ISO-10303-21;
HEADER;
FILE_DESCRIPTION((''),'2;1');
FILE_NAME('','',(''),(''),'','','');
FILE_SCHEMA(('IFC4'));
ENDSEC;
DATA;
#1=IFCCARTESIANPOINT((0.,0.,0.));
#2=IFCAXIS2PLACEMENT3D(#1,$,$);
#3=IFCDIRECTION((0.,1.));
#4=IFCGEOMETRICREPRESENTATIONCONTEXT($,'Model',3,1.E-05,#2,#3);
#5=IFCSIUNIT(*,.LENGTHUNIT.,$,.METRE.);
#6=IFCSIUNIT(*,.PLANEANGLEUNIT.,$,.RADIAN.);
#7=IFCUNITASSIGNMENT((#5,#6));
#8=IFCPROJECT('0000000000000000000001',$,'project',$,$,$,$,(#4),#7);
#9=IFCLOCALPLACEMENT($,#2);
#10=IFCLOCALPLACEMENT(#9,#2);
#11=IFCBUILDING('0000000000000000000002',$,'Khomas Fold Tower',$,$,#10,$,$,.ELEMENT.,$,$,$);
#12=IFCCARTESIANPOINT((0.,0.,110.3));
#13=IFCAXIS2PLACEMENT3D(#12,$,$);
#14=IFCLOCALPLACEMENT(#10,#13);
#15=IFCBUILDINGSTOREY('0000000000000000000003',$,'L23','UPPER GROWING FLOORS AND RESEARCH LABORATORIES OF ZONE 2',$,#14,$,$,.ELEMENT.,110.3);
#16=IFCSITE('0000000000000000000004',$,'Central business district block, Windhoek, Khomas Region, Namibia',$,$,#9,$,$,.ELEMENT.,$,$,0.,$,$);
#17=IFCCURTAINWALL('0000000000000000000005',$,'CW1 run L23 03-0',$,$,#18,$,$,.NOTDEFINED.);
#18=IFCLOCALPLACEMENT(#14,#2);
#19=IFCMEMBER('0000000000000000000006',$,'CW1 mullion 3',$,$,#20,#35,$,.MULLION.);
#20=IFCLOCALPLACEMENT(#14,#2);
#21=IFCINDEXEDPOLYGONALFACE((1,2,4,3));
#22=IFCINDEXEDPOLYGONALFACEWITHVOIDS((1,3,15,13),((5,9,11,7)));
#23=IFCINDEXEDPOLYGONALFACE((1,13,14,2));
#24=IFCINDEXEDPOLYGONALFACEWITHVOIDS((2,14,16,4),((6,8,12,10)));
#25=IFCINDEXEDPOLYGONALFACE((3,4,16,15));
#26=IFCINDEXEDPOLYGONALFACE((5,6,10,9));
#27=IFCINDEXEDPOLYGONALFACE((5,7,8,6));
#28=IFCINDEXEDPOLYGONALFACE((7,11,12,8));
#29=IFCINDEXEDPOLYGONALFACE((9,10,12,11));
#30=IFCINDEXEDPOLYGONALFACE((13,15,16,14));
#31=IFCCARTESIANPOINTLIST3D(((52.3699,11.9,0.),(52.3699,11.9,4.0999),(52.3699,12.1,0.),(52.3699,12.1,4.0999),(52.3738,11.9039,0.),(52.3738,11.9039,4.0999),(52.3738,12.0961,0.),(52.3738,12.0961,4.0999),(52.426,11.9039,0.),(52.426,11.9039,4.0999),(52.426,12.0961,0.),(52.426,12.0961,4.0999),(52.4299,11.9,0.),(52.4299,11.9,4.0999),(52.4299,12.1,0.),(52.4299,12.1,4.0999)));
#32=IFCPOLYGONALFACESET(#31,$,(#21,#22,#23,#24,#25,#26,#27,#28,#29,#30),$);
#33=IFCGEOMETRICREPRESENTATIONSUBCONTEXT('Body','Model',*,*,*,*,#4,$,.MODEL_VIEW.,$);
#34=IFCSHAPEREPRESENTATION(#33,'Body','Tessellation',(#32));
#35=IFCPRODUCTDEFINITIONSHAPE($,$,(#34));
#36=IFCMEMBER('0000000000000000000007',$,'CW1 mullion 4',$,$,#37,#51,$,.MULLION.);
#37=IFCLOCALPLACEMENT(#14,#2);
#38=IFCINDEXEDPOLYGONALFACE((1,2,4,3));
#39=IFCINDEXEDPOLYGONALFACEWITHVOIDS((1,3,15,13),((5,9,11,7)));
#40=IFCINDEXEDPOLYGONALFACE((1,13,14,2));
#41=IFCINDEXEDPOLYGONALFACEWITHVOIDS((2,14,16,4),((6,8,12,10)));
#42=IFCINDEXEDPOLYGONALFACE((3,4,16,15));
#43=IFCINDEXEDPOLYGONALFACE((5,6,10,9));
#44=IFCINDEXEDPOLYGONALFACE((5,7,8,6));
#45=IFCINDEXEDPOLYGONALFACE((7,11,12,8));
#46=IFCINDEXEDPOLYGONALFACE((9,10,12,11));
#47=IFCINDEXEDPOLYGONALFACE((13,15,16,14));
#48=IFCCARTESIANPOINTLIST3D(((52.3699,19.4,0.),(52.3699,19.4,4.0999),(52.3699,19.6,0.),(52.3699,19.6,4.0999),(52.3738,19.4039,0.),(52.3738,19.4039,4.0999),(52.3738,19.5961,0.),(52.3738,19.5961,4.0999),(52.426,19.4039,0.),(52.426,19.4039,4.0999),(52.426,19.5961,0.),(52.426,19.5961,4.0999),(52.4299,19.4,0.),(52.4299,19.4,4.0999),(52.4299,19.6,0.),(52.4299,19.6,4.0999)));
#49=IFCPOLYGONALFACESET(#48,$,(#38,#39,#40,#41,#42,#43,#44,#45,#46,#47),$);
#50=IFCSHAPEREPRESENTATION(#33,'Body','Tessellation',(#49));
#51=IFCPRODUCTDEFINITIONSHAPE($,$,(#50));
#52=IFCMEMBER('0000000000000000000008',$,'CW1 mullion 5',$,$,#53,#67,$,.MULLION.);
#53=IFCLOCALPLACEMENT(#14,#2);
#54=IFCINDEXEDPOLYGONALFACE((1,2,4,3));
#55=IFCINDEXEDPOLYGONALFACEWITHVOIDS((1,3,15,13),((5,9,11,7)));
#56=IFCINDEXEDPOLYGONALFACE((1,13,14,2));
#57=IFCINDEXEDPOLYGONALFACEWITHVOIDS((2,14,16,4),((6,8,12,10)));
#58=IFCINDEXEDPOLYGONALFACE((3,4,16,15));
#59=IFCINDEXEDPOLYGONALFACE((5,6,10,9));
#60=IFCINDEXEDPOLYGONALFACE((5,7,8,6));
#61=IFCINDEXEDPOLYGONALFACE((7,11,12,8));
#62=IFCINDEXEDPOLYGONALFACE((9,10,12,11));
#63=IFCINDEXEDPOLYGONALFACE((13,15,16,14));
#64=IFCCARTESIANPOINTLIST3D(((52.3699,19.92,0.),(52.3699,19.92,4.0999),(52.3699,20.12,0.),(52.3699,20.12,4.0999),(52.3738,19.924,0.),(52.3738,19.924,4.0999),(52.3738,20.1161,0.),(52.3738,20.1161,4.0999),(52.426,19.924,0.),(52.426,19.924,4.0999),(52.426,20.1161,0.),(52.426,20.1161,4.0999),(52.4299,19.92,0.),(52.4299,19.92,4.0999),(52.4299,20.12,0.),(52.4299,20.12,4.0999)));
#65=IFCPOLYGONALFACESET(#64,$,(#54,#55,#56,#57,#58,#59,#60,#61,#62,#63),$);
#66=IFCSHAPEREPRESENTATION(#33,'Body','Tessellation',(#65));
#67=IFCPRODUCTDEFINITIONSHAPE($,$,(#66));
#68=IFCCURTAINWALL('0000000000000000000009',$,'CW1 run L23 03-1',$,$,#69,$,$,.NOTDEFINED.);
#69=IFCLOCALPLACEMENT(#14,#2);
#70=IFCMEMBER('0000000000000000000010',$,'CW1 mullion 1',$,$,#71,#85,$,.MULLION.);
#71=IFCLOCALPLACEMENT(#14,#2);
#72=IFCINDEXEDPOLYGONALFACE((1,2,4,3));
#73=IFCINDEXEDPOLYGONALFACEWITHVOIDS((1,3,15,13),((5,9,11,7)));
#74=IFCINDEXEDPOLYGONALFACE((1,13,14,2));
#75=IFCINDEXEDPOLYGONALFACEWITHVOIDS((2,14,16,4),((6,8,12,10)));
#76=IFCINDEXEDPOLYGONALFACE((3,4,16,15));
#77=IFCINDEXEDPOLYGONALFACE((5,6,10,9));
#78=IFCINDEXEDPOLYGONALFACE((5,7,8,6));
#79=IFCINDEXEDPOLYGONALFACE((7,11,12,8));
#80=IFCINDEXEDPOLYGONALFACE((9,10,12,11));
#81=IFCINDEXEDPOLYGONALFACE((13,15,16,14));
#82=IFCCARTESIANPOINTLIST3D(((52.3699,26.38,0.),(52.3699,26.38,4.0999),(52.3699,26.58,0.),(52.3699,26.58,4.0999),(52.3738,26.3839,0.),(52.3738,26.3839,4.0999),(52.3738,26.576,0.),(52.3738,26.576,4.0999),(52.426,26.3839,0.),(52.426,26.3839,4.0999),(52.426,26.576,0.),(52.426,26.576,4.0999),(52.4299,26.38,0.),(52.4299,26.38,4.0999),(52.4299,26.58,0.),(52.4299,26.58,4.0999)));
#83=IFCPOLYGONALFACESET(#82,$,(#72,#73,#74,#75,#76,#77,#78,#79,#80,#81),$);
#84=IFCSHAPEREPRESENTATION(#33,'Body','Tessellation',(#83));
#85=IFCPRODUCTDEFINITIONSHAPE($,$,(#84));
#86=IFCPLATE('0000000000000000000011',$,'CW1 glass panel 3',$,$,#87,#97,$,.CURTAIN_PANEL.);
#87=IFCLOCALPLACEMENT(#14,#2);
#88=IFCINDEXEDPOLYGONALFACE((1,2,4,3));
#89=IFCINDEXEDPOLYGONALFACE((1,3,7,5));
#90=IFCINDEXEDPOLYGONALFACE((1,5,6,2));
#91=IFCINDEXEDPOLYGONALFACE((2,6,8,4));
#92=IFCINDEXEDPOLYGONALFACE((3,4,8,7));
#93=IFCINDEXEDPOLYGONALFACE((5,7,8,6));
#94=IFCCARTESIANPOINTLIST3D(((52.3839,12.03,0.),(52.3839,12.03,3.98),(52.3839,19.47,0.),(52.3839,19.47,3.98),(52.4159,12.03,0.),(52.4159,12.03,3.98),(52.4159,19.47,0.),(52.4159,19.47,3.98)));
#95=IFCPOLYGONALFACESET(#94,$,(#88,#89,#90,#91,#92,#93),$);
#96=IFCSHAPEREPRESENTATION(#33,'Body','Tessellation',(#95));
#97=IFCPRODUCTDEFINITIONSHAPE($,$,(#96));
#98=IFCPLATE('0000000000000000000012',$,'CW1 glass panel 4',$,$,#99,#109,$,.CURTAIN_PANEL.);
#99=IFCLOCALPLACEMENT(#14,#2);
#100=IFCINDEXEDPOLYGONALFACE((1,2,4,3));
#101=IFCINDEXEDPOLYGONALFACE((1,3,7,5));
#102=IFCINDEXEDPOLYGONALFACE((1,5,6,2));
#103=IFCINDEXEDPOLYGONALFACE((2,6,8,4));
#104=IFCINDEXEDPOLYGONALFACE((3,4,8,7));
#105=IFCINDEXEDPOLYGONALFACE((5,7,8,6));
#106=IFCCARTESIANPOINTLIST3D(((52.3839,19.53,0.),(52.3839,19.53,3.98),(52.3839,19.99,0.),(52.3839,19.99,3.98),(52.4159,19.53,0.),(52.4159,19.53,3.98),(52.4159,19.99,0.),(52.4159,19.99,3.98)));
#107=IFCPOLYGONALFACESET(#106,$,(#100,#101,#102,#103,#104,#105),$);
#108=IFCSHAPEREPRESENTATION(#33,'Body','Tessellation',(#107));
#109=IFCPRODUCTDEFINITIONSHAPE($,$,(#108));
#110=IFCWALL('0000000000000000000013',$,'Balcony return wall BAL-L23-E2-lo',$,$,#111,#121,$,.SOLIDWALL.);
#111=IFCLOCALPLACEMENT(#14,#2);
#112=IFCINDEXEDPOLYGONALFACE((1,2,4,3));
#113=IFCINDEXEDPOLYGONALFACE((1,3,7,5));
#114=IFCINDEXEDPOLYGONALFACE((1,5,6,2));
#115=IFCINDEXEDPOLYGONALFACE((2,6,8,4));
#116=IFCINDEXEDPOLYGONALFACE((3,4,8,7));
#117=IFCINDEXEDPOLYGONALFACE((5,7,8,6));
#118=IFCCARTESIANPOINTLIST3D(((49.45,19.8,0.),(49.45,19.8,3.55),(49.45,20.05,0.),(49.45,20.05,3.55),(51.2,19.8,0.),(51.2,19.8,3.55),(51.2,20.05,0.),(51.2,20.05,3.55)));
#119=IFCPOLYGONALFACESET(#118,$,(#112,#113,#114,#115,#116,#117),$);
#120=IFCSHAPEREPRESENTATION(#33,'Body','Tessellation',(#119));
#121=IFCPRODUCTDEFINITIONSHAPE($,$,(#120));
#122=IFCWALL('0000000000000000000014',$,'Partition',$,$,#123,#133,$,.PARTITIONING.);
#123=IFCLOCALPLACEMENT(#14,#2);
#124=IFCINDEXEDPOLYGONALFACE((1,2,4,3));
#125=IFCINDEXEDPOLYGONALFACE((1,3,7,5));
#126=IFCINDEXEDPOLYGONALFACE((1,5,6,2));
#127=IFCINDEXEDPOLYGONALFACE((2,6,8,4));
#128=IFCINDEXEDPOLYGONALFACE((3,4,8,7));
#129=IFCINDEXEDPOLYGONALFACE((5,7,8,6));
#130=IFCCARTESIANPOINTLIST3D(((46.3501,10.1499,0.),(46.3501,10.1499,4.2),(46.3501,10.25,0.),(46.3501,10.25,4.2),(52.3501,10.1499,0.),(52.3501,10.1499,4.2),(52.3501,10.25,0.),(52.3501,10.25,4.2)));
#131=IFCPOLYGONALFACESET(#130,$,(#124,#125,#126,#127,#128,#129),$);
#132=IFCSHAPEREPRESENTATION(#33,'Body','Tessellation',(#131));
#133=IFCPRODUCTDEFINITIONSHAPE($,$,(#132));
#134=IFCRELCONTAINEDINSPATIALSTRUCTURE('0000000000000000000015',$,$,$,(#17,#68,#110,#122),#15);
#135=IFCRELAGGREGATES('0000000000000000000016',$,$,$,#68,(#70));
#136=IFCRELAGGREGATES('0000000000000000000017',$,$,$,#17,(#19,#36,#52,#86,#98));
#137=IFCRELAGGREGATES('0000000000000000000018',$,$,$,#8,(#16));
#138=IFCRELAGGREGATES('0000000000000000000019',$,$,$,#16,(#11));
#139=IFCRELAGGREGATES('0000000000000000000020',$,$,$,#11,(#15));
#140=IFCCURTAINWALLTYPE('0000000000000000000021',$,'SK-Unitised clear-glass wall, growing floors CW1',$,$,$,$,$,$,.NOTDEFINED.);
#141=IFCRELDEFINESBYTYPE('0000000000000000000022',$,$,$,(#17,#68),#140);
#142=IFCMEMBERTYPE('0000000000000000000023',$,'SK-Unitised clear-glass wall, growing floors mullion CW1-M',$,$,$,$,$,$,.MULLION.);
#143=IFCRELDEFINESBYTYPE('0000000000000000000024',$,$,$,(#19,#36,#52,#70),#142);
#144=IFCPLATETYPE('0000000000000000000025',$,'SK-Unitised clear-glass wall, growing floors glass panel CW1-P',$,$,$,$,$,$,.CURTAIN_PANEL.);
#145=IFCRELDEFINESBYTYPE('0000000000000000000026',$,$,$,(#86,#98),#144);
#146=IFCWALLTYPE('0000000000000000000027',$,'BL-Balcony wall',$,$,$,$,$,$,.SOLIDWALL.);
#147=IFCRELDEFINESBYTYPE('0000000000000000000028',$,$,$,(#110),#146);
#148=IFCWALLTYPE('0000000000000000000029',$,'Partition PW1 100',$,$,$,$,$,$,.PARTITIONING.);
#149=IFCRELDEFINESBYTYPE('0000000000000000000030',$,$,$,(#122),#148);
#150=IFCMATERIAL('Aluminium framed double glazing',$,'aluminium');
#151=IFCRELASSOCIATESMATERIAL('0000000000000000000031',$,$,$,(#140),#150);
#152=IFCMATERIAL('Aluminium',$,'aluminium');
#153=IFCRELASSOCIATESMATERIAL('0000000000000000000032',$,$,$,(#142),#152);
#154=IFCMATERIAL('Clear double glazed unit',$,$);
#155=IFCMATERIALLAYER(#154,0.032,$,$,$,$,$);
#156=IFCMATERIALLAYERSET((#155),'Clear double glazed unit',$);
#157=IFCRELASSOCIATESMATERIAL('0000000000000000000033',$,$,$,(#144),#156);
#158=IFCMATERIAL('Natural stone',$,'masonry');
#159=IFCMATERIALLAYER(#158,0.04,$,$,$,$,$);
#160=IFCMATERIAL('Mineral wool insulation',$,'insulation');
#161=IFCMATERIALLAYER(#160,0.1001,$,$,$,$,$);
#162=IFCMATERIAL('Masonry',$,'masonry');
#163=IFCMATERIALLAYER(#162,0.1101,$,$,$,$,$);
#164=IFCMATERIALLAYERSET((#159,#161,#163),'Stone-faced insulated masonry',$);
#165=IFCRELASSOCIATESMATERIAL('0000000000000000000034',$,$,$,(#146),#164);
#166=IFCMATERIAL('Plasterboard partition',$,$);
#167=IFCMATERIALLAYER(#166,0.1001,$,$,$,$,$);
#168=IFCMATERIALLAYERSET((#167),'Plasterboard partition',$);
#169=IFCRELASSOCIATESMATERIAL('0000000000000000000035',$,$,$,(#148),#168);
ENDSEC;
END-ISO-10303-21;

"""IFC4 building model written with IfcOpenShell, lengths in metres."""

from ifc_helpers import new_model, si_unit, direction, frame, frame_2d, origin, origin_2d, place, context, subcontext, project, spatial, rectangle, hollow_rectangle, extrude, source, transform, mapped, material, layer, layer_set, material_profile, profile_set, type_object, element, aggregate, save


model = new_model("IFC4")

# Units and contexts
model_context = context("Model", 3, precision=1e-05, world=origin(), true_north=direction((0.0, 1.0)))
body_context = subcontext(model_context, "Body", "Model", "MODEL_VIEW")
ifc_project = project(units=[si_unit("LENGTHUNIT", "METRE"), si_unit("PLANEANGLEUNIT", "RADIAN")], contexts=[model_context])

# Site, building, storey
site_placement = place(None, origin())
site = spatial("IfcSite", under=ifc_project, at=site_placement, Name="Central business district block, Windhoek, Khomas Region, Namibia", CompositionType="ELEMENT", RefElevation=0.0)
building_placement = place(site_placement, origin())
building = spatial("IfcBuilding", under=site, at=building_placement, Name="Khomas Fold Tower", CompositionType="ELEMENT")
storey_placement = place(building_placement, frame((0.0, 0.0, 110.3)))
storey = spatial("IfcBuildingStorey", under=building, at=storey_placement, Name="L23", Description="UPPER GROWING FLOORS AND RESEARCH LABORATORIES OF ZONE 2", CompositionType="ELEMENT", Elevation=110.3)

# Curtain wall, members
ifc_material_1 = material(Name="Aluminium framed double glazing", Category="aluminium")
curtain_wall_type = type_object("IfcCurtainWallType", Name="SK-Unitised clear-glass wall, growing floors CW1", PredefinedType="NOTDEFINED", material=ifc_material_1)
curtain_wall_1_placement = place(storey_placement, origin())
curtain_wall_1 = element("IfcCurtainWall", 1, at=curtain_wall_1_placement, inside=storey, type_object=curtain_wall_type, Name="CW1 run L23 03-0", PredefinedType="NOTDEFINED")
ifc_material_2 = material(Name="Aluminium", Category="aluminium")
ifc_material_profile_1 = material_profile(ifc_material_2, hollow_rectangle(XDim=0.0601, YDim=0.2, WallThickness=0.0039, at=origin_2d()), Name="SK-Unitised clear-glass wall, growing floors mullion CW1-M")
ifc_profile_set_1 = profile_set([ifc_material_profile_1], Name="Aluminium")
member_type_1 = type_object("IfcMemberType", Name="SK-Unitised clear-glass wall, growing floors mullion CW1-M", PredefinedType="MULLION", material=ifc_profile_set_1)
shared_shape_1 = source(origin(), body_context, "Body", "SweptSolid", [
    extrude(hollow_rectangle(XDim=0.0601, YDim=0.2, WallThickness=0.0039, at=origin_2d()), origin(), (0.0, 0.0, 1.0), 4.0999),
])
member_1_placement = place(storey_placement, frame((52.3999, 12.0, 0.0), z_axis=(0.0, 0.0, 1.0), x_axis=(-1.0, 0.0, 0.0)))
member_1 = element("IfcMember", 2, at=member_1_placement, type_object=member_type_1, Name="CW1 mullion 3", PredefinedType="MULLION", context=body_context, shape_type="MappedRepresentation", body=[
    mapped(shared_shape_1, transform((0.0, 0.0, 0.0))),
])
member_2_placement = place(storey_placement, frame((52.3999, 19.5, 0.0), z_axis=(0.0, 0.0, 1.0), x_axis=(-1.0, 0.0, 0.0)))
member_2 = element("IfcMember", 3, at=member_2_placement, type_object=member_type_1, Name="CW1 mullion 4", PredefinedType="MULLION", context=body_context, shape_type="MappedRepresentation", body=[
    mapped(shared_shape_1, transform((0.0, 0.0, 0.0))),
])
member_3_placement = place(storey_placement, frame((52.3999, 20.02, 0.0), z_axis=(0.0, 0.0, 1.0), x_axis=(-1.0, 0.0, 0.0)))
member_3 = element("IfcMember", 4, at=member_3_placement, type_object=member_type_1, Name="CW1 mullion 5", PredefinedType="MULLION", context=body_context, shape_type="MappedRepresentation", body=[
    mapped(shared_shape_1, transform((0.0, 0.0, 0.0))),
])

# Curtain wall, member
curtain_wall_2_placement = place(storey_placement, origin())
curtain_wall_2 = element("IfcCurtainWall", 5, at=curtain_wall_2_placement, inside=storey, type_object=curtain_wall_type, Name="CW1 run L23 03-1", PredefinedType="NOTDEFINED")
member_4_placement = place(storey_placement, frame((52.3999, 26.48, 0.0), z_axis=(0.0, 0.0, 1.0), x_axis=(-1.0, 0.0, 0.0)))
member_4 = element("IfcMember", 6, at=member_4_placement, type_object=member_type_1, Name="CW1 mullion 1", PredefinedType="MULLION", context=body_context, shape_type="MappedRepresentation", body=[
    mapped(shared_shape_1, transform((0.0, 0.0, 0.0))),
])
aggregate(curtain_wall_2, [member_4])

# Plates
ifc_material_3 = material(Name="Clear double glazed unit")
ifc_layer_1 = layer(ifc_material_3, 0.032)
ifc_layer_set_1 = layer_set([ifc_layer_1], Name="Clear double glazed unit")
plate_type = type_object("IfcPlateType", Name="SK-Unitised clear-glass wall, growing floors glass panel CW1-P", PredefinedType="CURTAIN_PANEL", material=ifc_layer_set_1)
shared_shape_2 = source(origin(), body_context, "Body", "SweptSolid", [
    extrude(rectangle(XDim=7.4399, YDim=0.032, at=origin_2d()), origin(), (0.0, 0.0, 1.0), 3.98),
])
plate_1_placement = place(storey_placement, frame((52.3999, 15.75, 0.0), z_axis=(0.0, 0.0, 1.0), x_axis=(0.0, 1.0, 0.0)))
plate_1 = element("IfcPlate", 7, at=plate_1_placement, type_object=plate_type, Name="CW1 glass panel 3", PredefinedType="CURTAIN_PANEL", context=body_context, shape_type="MappedRepresentation", body=[
    mapped(shared_shape_2, transform((0.0, 0.0, 0.0))),
])
shared_shape_3 = source(origin(), body_context, "Body", "SweptSolid", [
    extrude(rectangle(XDim=0.46, YDim=0.032, at=origin_2d()), origin(), (0.0, 0.0, 1.0), 3.98),
])
plate_2_placement = place(storey_placement, frame((52.3999, 19.76, 0.0), z_axis=(0.0, 0.0, 1.0), x_axis=(0.0, 1.0, 0.0)))
plate_2 = element("IfcPlate", 8, at=plate_2_placement, type_object=plate_type, Name="CW1 glass panel 4", PredefinedType="CURTAIN_PANEL", context=body_context, shape_type="MappedRepresentation", body=[
    mapped(shared_shape_3, transform((0.0, 0.0, 0.0))),
])
aggregate(curtain_wall_1, [member_1, member_2, member_3, plate_1, plate_2])

# Shared definitions
ifc_material_4 = material(Name="Natural stone", Category="masonry")
ifc_layer_2 = layer(ifc_material_4, 0.04)
ifc_material_5 = material(Name="Mineral wool insulation", Category="insulation")
ifc_layer_3 = layer(ifc_material_5, 0.1001)
ifc_material_6 = material(Name="Masonry", Category="masonry")
ifc_layer_4 = layer(ifc_material_6, 0.1101)
ifc_layer_set_2 = layer_set([ifc_layer_2, ifc_layer_3, ifc_layer_4], Name="Stone-faced insulated masonry")
wall_type_1 = type_object("IfcWallType", Name="BL-Balcony wall", PredefinedType="SOLIDWALL", material=ifc_layer_set_2)

# Walls
shared_shape_4 = source(origin(), body_context, "Body", "SweptSolid", [
    extrude(rectangle(XDim=1.75, YDim=0.25, at=frame_2d((0.875, 0.0))), origin(), (0.0, 0.0, 1.0), 3.55),
])
wall_1_placement = place(storey_placement, frame((51.2, 19.925, 0.0), z_axis=(0.0, 0.0, 1.0), x_axis=(-1.0, 0.0, 0.0)))
element("IfcWall", 9, at=wall_1_placement, inside=storey, type_object=wall_type_1, Name="Balcony return wall BAL-L23-E2-lo", PredefinedType="SOLIDWALL", context=body_context, shape_type="MappedRepresentation", body=[
    mapped(shared_shape_4, transform((0.0, 0.0, 0.0))),
])
ifc_material_7 = material(Name="Plasterboard partition")
ifc_layer_5 = layer(ifc_material_7, 0.1001)
ifc_layer_set_3 = layer_set([ifc_layer_5], Name="Plasterboard partition")
wall_type_2 = type_object("IfcWallType", Name="Partition PW1 100", PredefinedType="PARTITIONING", material=ifc_layer_set_3)
shared_shape_5 = source(origin(), body_context, "Body", "SweptSolid", [
    extrude(rectangle(XDim=6.0, YDim=0.1001, at=frame_2d((3.0, 0.0))), origin(), (0.0, 0.0, 1.0), 4.2),
])
wall_2_placement = place(storey_placement, frame((46.3501, 10.2, 0.0), z_axis=(0.0, 0.0, 1.0), x_axis=(1.0, 0.0, 0.0)))
element("IfcWall", 10, at=wall_2_placement, inside=storey, type_object=wall_type_2, Name="Partition", PredefinedType="PARTITIONING", context=body_context, shape_type="MappedRepresentation", body=[
    mapped(shared_shape_5, transform((0.0, 0.0, 0.0))),
])

save(model, "model.ifc")
